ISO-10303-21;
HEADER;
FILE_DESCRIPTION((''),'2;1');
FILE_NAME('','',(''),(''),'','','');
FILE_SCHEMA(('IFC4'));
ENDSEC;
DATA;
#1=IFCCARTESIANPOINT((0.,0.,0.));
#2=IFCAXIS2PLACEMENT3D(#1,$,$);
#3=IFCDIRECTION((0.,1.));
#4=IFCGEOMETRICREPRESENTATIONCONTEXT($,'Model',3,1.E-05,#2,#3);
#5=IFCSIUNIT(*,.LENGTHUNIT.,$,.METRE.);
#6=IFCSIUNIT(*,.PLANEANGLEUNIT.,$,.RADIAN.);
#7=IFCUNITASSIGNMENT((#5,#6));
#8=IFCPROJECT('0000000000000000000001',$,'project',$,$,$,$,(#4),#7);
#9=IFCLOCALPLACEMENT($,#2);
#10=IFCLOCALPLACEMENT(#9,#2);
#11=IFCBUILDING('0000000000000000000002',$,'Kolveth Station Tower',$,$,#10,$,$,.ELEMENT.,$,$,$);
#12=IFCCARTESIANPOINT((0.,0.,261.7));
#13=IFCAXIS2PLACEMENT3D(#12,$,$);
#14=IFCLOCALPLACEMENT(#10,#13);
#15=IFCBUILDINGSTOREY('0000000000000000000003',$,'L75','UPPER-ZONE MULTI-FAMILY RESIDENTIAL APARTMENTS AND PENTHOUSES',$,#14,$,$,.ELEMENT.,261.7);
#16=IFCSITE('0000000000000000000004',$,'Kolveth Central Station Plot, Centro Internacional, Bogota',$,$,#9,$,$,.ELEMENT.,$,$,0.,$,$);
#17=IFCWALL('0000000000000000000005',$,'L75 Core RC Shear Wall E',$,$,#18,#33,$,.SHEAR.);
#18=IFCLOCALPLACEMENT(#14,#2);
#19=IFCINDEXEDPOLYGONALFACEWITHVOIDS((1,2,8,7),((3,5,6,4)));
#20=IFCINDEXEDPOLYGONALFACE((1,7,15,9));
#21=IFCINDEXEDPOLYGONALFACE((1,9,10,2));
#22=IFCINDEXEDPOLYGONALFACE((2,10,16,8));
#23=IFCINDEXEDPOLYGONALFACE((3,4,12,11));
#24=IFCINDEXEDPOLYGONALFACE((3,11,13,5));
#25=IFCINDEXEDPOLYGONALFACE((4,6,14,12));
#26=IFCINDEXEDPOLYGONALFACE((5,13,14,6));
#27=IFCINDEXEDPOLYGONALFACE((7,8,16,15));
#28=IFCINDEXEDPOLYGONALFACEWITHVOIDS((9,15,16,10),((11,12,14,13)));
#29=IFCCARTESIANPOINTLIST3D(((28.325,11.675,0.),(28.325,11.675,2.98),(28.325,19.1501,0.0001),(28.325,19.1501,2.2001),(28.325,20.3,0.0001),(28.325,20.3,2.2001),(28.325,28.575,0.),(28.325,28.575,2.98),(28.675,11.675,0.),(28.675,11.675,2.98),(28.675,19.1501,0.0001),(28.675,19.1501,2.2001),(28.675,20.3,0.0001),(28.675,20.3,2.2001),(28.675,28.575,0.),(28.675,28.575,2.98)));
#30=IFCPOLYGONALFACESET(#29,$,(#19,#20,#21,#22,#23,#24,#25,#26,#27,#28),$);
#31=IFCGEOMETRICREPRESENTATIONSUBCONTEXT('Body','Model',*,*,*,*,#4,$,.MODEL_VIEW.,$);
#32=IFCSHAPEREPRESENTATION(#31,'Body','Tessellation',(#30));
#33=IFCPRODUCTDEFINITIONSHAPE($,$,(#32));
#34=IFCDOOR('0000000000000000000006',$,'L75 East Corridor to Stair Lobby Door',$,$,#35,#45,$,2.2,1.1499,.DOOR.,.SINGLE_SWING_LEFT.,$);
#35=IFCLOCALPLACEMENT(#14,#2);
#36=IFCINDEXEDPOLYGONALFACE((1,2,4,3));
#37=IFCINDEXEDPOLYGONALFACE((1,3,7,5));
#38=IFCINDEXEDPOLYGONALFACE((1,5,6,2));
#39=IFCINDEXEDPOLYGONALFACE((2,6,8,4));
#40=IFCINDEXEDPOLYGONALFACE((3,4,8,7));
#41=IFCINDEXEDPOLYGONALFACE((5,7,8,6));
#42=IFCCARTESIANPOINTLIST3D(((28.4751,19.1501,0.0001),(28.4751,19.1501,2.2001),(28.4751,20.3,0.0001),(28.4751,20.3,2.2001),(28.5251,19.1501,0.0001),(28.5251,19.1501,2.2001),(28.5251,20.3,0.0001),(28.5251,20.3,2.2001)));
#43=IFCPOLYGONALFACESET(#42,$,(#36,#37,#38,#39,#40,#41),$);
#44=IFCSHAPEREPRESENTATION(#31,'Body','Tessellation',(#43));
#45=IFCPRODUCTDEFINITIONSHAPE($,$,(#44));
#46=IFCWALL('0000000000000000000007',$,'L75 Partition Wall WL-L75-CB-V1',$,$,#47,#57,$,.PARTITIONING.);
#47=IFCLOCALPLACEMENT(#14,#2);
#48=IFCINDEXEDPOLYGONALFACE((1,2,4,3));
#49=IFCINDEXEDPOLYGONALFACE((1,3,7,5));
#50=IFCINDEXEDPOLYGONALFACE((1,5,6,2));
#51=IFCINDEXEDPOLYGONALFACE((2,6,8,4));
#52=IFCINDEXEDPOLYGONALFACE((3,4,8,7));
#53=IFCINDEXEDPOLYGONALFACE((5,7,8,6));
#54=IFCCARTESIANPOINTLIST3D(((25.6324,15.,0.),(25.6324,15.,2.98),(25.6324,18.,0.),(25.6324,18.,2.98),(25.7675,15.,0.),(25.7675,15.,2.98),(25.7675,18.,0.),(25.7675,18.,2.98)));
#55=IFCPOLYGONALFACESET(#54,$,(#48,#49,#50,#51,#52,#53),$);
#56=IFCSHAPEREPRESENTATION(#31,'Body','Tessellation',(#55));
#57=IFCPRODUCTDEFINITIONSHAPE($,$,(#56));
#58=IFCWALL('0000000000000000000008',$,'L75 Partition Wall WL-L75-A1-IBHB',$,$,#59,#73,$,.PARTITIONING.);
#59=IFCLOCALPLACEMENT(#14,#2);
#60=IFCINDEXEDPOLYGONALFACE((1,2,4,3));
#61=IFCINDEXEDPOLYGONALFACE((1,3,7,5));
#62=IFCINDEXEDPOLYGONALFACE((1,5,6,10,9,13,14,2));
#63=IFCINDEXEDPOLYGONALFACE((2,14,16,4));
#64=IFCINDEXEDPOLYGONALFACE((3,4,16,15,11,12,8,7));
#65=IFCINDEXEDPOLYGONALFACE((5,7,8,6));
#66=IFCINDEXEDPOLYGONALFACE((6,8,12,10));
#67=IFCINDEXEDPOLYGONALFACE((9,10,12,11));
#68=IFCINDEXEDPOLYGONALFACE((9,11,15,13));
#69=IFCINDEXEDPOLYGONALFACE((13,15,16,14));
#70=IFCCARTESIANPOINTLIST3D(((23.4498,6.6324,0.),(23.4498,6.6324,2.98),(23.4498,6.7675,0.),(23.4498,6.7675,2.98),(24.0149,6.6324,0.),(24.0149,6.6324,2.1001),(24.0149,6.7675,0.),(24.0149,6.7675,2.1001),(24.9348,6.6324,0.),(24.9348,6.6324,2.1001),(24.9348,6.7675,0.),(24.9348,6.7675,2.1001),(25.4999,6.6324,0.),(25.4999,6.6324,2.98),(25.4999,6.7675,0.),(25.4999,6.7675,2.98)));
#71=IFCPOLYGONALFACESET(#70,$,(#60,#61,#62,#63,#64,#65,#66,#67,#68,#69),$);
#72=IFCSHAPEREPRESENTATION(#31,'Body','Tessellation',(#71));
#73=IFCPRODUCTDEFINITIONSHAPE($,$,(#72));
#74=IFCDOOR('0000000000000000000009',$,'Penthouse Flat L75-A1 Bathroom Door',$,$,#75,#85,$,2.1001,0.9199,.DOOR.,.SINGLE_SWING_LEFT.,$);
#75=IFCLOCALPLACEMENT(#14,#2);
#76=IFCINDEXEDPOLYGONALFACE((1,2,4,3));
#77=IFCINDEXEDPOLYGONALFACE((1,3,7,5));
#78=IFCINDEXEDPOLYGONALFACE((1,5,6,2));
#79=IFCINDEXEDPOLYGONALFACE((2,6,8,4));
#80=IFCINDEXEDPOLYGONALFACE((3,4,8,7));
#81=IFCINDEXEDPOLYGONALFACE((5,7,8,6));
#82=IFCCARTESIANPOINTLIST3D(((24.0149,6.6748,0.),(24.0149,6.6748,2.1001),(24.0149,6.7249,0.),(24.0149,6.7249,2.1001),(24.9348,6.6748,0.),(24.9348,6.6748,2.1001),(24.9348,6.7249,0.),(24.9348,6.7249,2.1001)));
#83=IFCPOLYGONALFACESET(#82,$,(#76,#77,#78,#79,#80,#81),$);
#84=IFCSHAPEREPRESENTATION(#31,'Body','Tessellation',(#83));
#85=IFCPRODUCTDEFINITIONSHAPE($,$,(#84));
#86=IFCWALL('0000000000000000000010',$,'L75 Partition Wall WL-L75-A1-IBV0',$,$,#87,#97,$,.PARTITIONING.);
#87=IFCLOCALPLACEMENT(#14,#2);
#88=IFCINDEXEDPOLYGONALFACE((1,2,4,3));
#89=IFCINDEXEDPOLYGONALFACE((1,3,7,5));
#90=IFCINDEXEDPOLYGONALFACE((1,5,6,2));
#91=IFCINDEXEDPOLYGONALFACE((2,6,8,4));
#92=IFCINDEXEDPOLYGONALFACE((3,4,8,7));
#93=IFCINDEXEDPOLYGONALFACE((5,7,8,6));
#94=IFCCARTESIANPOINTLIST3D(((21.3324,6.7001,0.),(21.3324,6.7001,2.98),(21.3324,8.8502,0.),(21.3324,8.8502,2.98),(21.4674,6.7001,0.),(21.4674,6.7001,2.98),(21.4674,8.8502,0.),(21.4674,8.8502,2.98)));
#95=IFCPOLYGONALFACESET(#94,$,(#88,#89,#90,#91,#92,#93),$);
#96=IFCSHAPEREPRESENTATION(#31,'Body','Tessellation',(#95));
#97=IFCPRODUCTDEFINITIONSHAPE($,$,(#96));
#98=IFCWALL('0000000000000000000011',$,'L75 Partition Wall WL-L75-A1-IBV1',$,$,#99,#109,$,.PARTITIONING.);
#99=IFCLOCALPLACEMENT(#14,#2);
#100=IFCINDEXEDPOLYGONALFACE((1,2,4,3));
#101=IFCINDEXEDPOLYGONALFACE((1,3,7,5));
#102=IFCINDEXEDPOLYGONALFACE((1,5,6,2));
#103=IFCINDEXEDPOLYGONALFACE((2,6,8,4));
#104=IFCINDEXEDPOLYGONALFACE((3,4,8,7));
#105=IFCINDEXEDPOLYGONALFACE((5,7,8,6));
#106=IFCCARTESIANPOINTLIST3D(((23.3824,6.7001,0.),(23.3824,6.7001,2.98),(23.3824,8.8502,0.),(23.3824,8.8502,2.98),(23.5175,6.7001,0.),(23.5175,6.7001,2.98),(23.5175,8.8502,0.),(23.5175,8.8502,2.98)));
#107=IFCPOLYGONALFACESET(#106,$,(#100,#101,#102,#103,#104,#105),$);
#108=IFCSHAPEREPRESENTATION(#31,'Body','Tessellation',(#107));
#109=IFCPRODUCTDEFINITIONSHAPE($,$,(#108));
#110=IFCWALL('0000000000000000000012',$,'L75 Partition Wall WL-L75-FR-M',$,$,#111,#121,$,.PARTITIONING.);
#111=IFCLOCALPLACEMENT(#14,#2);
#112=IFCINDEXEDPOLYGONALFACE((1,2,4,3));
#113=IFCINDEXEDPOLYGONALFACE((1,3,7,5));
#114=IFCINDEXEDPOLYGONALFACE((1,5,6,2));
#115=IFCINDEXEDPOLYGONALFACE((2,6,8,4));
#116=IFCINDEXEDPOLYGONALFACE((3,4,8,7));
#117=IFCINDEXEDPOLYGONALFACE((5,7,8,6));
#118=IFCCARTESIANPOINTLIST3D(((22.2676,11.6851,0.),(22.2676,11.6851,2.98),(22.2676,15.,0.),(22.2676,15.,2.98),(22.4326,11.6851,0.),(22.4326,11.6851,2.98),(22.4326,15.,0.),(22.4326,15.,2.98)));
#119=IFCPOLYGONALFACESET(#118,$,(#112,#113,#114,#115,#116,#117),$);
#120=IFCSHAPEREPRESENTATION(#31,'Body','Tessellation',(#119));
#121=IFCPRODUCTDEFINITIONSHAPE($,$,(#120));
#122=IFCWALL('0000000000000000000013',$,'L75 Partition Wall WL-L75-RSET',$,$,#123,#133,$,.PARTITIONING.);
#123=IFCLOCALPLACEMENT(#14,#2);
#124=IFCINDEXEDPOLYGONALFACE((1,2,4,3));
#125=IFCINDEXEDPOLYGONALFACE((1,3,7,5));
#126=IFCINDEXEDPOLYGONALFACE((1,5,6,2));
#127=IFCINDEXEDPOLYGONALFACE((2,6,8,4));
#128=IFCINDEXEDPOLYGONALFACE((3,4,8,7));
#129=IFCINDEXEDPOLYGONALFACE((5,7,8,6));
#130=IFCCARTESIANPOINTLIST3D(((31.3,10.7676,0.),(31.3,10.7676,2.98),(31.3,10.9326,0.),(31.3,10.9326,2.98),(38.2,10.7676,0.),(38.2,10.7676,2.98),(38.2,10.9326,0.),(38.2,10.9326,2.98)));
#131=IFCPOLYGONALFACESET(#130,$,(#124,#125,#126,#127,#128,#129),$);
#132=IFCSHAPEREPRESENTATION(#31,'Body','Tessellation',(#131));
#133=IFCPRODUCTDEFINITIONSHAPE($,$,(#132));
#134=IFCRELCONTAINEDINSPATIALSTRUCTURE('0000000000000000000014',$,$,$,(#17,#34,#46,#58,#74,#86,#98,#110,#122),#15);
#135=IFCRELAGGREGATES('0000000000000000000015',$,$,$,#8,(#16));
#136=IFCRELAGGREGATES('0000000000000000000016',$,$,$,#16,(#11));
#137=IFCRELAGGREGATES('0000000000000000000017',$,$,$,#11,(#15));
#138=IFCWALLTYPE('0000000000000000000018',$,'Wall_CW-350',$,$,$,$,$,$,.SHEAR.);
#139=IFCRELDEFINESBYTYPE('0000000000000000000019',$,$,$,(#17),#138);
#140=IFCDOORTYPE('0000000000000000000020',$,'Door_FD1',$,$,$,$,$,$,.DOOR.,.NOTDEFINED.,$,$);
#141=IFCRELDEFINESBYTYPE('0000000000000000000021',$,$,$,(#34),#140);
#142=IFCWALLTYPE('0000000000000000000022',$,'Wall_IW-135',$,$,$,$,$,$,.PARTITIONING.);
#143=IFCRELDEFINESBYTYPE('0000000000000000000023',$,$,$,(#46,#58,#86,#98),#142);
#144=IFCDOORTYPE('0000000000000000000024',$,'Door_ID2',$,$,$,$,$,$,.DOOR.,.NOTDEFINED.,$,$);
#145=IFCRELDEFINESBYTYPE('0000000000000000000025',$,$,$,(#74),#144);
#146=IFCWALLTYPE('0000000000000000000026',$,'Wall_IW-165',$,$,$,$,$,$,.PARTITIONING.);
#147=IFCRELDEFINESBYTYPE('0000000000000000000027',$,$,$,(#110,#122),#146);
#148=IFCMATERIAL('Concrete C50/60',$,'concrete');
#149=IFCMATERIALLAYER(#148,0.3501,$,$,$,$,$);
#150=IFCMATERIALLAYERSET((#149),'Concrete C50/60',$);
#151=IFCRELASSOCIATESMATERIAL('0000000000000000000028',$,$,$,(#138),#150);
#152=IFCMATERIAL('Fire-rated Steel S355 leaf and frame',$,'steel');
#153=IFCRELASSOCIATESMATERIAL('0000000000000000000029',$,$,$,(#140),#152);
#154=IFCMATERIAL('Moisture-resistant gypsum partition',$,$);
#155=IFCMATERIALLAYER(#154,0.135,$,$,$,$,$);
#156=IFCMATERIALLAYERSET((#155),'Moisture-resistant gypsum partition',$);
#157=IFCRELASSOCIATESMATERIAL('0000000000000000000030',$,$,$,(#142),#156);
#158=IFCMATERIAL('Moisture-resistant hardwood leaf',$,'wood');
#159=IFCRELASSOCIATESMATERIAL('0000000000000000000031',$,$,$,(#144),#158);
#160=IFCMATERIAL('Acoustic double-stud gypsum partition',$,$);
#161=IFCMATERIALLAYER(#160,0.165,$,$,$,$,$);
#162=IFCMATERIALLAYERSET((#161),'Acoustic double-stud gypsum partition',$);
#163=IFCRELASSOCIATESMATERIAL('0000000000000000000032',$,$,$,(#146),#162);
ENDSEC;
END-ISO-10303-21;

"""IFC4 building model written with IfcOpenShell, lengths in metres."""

from ifc_helpers import new_model, si_unit, direction, frame, frame_2d, origin, place, context, subcontext, project, spatial, rectangle, extrude, material, layer, layer_set, type_object, element, fill, save


model = new_model("IFC4")

# Units and contexts
model_context = context("Model", 3, precision=1e-05, world=origin(), true_north=direction((0.0, 1.0)))
body_context = subcontext(model_context, "Body", "Model", "MODEL_VIEW")
ifc_project = project(units=[si_unit("LENGTHUNIT", "METRE"), si_unit("PLANEANGLEUNIT", "RADIAN")], contexts=[model_context])

# Site, building, storey
site_placement = place(None, origin())
site = spatial("IfcSite", under=ifc_project, at=site_placement, Name="Kolveth Central Station Plot, Centro Internacional, Bogota", CompositionType="ELEMENT", RefElevation=0.0)
building_placement = place(site_placement, origin())
building = spatial("IfcBuilding", under=site, at=building_placement, Name="Kolveth Station Tower", CompositionType="ELEMENT")
storey_placement = place(building_placement, frame((0.0, 0.0, 261.7)))
storey = spatial("IfcBuildingStorey", under=building, at=storey_placement, Name="L75", Description="UPPER-ZONE MULTI-FAMILY RESIDENTIAL APARTMENTS AND PENTHOUSES", CompositionType="ELEMENT", Elevation=261.7)

# Wall, opening, door
ifc_material_1 = material(Name="Concrete C50/60", Category="concrete")
ifc_layer_1 = layer(ifc_material_1, 0.3501)
ifc_layer_set_1 = layer_set([ifc_layer_1], Name="Concrete C50/60")
wall_type_1 = type_object("IfcWallType", Name="Wall_CW-350", PredefinedType="SHEAR", material=ifc_layer_set_1)
wall_1_placement = place(storey_placement, frame((28.5, 11.675, 0.0), z_axis=(0.0, 0.0, 1.0), x_axis=(0.0, 1.0, 0.0)))
wall_1 = element("IfcWall", 1, at=wall_1_placement, inside=storey, type_object=wall_type_1, Name="L75 Core RC Shear Wall E", PredefinedType="SHEAR", context=body_context, shape_type="SweptSolid", body=[
    extrude(rectangle(XDim=16.8999, YDim=0.3501, at=frame_2d((8.45, 0.0))), origin(), (0.0, 0.0, 1.0), 2.98),
])
opening_1_placement = place(wall_1_placement, frame((7.4751, 0.0, 0.0)))
opening_1 = element("IfcOpeningElement", 2, at=opening_1_placement, cuts=wall_1, PredefinedType="OPENING", context=body_context, shape_type="SweptSolid", body=[
    extrude(rectangle(XDim=1.1499, YDim=2.2, at=frame_2d((0.575, 1.1001))), frame((0.0, 0.1851, 0.0), z_axis=(0.0, -1.0, 0.0), x_axis=(1.0, 0.0, 0.0)), (0.0, 0.0, 1.0), 0.3701),
])
ifc_material_2 = material(Name="Fire-rated Steel S355 leaf and frame", Category="steel")
door_type_1 = type_object("IfcDoorType", Name="Door_FD1", OperationType="NOTDEFINED", PredefinedType="DOOR", material=ifc_material_2)
door_1_placement = place(opening_1_placement, origin())
door_1 = element("IfcDoor", 3, at=door_1_placement, inside=storey, type_object=door_type_1, Name="L75 East Corridor to Stair Lobby Door", OperationType="SINGLE_SWING_LEFT", OverallHeight=2.2, OverallWidth=1.1499, PredefinedType="DOOR", context=body_context, shape_type="SweptSolid", body=[
    extrude(rectangle(XDim=1.1499, YDim=2.2, at=frame_2d((0.575, 1.1001))), frame((0.0, 0.0249, 0.0), z_axis=(0.0, -1.0, 0.0), x_axis=(1.0, 0.0, 0.0)), (0.0, 0.0, 1.0), 0.05),
])
fill(opening_1, door_1)

# Wall
ifc_material_3 = material(Name="Moisture-resistant gypsum partition")
ifc_layer_2 = layer(ifc_material_3, 0.135)
ifc_layer_set_2 = layer_set([ifc_layer_2], Name="Moisture-resistant gypsum partition")
wall_type_2 = type_object("IfcWallType", Name="Wall_IW-135", PredefinedType="PARTITIONING", material=ifc_layer_set_2)
wall_2_placement = place(storey_placement, frame((25.7, 15.0, 0.0), z_axis=(0.0, 0.0, 1.0), x_axis=(0.0, 1.0, 0.0)))
element("IfcWall", 4, at=wall_2_placement, inside=storey, type_object=wall_type_2, Name="L75 Partition Wall WL-L75-CB-V1", PredefinedType="PARTITIONING", context=body_context, shape_type="SweptSolid", body=[
    extrude(rectangle(XDim=3.0, YDim=0.135, at=frame_2d((1.5, 0.0))), origin(), (0.0, 0.0, 1.0), 2.98),
])

# Wall, opening, door
wall_3_placement = place(storey_placement, frame((23.45, 6.7, 0.0), z_axis=(0.0, 0.0, 1.0), x_axis=(1.0, 0.0, 0.0)))
wall_3 = element("IfcWall", 5, at=wall_3_placement, inside=storey, type_object=wall_type_2, Name="L75 Partition Wall WL-L75-A1-IBHB", PredefinedType="PARTITIONING", context=body_context, shape_type="SweptSolid", body=[
    extrude(rectangle(XDim=2.05, YDim=0.135, at=frame_2d((1.0249, 0.0))), origin(), (0.0, 0.0, 1.0), 2.98),
])
opening_2_placement = place(wall_3_placement, frame((0.5649, 0.0, 0.0)))
opening_2 = element("IfcOpeningElement", 6, at=opening_2_placement, cuts=wall_3, PredefinedType="OPENING", context=body_context, shape_type="SweptSolid", body=[
    extrude(rectangle(XDim=0.9199, YDim=2.1001, at=frame_2d((0.46, 1.05))), frame((0.0, 0.0774, 0.0), z_axis=(0.0, -1.0, 0.0), x_axis=(1.0, 0.0, 0.0)), (0.0, 0.0, 1.0), 0.155),
])
ifc_material_4 = material(Name="Moisture-resistant hardwood leaf", Category="wood")
door_type_2 = type_object("IfcDoorType", Name="Door_ID2", OperationType="NOTDEFINED", PredefinedType="DOOR", material=ifc_material_4)
door_2_placement = place(opening_2_placement, origin())
door_2 = element("IfcDoor", 7, at=door_2_placement, inside=storey, type_object=door_type_2, Name="Penthouse Flat L75-A1 Bathroom Door", OperationType="SINGLE_SWING_LEFT", OverallHeight=2.1001, OverallWidth=0.9199, PredefinedType="DOOR", context=body_context, shape_type="SweptSolid", body=[
    extrude(rectangle(XDim=0.9199, YDim=2.1001, at=frame_2d((0.46, 1.05))), frame((0.0, 0.0249, 0.0), z_axis=(0.0, -1.0, 0.0), x_axis=(1.0, 0.0, 0.0)), (0.0, 0.0, 1.0), 0.05),
])
fill(opening_2, door_2)

# Walls
for number, where, z_axis, x_axis, name in (
    (8, (21.3999, 6.7, 0.0), (0.0, 0.0, 1.0), (0.0, 1.0, 0.0), "L75 Partition Wall WL-L75-A1-IBV0"),
    (9, (23.45, 6.7, 0.0), (0.0, 0.0, 1.0), (0.0, 1.0, 0.0), "L75 Partition Wall WL-L75-A1-IBV1"),
):
    element("IfcWall", number, at=place(storey_placement, frame(where, z_axis=z_axis, x_axis=x_axis)), inside=storey, type_object=wall_type_2, Name=name, PredefinedType="PARTITIONING", context=body_context, shape_type="SweptSolid", body=[
        extrude(rectangle(XDim=2.1501, YDim=0.135, at=frame_2d((1.0752, 0.0))), origin(), (0.0, 0.0, 1.0), 2.98),
    ])
ifc_material_5 = material(Name="Acoustic double-stud gypsum partition")
ifc_layer_3 = layer(ifc_material_5, 0.165)
ifc_layer_set_3 = layer_set([ifc_layer_3], Name="Acoustic double-stud gypsum partition")
wall_type_3 = type_object("IfcWallType", Name="Wall_IW-165", PredefinedType="PARTITIONING", material=ifc_layer_set_3)
wall_4_placement = place(storey_placement, frame((22.3501, 11.6851, 0.0), z_axis=(0.0, 0.0, 1.0), x_axis=(0.0, 1.0, 0.0)))
element("IfcWall", 10, at=wall_4_placement, inside=storey, type_object=wall_type_3, Name="L75 Partition Wall WL-L75-FR-M", PredefinedType="PARTITIONING", context=body_context, shape_type="SweptSolid", body=[
    extrude(rectangle(XDim=3.3149, YDim=0.165, at=frame_2d((1.6575, 0.0))), origin(), (0.0, 0.0, 1.0), 2.98),
])
wall_5_placement = place(storey_placement, frame((31.3, 10.8501, 0.0), z_axis=(0.0, 0.0, 1.0), x_axis=(1.0, 0.0, 0.0)))
element("IfcWall", 11, at=wall_5_placement, inside=storey, type_object=wall_type_3, Name="L75 Partition Wall WL-L75-RSET", PredefinedType="PARTITIONING", context=body_context, shape_type="SweptSolid", body=[
    extrude(rectangle(XDim=6.8999, YDim=0.165, at=frame_2d((3.45, 0.0))), origin(), (0.0, 0.0, 1.0), 2.98),
])

save(model, "model.ifc")
